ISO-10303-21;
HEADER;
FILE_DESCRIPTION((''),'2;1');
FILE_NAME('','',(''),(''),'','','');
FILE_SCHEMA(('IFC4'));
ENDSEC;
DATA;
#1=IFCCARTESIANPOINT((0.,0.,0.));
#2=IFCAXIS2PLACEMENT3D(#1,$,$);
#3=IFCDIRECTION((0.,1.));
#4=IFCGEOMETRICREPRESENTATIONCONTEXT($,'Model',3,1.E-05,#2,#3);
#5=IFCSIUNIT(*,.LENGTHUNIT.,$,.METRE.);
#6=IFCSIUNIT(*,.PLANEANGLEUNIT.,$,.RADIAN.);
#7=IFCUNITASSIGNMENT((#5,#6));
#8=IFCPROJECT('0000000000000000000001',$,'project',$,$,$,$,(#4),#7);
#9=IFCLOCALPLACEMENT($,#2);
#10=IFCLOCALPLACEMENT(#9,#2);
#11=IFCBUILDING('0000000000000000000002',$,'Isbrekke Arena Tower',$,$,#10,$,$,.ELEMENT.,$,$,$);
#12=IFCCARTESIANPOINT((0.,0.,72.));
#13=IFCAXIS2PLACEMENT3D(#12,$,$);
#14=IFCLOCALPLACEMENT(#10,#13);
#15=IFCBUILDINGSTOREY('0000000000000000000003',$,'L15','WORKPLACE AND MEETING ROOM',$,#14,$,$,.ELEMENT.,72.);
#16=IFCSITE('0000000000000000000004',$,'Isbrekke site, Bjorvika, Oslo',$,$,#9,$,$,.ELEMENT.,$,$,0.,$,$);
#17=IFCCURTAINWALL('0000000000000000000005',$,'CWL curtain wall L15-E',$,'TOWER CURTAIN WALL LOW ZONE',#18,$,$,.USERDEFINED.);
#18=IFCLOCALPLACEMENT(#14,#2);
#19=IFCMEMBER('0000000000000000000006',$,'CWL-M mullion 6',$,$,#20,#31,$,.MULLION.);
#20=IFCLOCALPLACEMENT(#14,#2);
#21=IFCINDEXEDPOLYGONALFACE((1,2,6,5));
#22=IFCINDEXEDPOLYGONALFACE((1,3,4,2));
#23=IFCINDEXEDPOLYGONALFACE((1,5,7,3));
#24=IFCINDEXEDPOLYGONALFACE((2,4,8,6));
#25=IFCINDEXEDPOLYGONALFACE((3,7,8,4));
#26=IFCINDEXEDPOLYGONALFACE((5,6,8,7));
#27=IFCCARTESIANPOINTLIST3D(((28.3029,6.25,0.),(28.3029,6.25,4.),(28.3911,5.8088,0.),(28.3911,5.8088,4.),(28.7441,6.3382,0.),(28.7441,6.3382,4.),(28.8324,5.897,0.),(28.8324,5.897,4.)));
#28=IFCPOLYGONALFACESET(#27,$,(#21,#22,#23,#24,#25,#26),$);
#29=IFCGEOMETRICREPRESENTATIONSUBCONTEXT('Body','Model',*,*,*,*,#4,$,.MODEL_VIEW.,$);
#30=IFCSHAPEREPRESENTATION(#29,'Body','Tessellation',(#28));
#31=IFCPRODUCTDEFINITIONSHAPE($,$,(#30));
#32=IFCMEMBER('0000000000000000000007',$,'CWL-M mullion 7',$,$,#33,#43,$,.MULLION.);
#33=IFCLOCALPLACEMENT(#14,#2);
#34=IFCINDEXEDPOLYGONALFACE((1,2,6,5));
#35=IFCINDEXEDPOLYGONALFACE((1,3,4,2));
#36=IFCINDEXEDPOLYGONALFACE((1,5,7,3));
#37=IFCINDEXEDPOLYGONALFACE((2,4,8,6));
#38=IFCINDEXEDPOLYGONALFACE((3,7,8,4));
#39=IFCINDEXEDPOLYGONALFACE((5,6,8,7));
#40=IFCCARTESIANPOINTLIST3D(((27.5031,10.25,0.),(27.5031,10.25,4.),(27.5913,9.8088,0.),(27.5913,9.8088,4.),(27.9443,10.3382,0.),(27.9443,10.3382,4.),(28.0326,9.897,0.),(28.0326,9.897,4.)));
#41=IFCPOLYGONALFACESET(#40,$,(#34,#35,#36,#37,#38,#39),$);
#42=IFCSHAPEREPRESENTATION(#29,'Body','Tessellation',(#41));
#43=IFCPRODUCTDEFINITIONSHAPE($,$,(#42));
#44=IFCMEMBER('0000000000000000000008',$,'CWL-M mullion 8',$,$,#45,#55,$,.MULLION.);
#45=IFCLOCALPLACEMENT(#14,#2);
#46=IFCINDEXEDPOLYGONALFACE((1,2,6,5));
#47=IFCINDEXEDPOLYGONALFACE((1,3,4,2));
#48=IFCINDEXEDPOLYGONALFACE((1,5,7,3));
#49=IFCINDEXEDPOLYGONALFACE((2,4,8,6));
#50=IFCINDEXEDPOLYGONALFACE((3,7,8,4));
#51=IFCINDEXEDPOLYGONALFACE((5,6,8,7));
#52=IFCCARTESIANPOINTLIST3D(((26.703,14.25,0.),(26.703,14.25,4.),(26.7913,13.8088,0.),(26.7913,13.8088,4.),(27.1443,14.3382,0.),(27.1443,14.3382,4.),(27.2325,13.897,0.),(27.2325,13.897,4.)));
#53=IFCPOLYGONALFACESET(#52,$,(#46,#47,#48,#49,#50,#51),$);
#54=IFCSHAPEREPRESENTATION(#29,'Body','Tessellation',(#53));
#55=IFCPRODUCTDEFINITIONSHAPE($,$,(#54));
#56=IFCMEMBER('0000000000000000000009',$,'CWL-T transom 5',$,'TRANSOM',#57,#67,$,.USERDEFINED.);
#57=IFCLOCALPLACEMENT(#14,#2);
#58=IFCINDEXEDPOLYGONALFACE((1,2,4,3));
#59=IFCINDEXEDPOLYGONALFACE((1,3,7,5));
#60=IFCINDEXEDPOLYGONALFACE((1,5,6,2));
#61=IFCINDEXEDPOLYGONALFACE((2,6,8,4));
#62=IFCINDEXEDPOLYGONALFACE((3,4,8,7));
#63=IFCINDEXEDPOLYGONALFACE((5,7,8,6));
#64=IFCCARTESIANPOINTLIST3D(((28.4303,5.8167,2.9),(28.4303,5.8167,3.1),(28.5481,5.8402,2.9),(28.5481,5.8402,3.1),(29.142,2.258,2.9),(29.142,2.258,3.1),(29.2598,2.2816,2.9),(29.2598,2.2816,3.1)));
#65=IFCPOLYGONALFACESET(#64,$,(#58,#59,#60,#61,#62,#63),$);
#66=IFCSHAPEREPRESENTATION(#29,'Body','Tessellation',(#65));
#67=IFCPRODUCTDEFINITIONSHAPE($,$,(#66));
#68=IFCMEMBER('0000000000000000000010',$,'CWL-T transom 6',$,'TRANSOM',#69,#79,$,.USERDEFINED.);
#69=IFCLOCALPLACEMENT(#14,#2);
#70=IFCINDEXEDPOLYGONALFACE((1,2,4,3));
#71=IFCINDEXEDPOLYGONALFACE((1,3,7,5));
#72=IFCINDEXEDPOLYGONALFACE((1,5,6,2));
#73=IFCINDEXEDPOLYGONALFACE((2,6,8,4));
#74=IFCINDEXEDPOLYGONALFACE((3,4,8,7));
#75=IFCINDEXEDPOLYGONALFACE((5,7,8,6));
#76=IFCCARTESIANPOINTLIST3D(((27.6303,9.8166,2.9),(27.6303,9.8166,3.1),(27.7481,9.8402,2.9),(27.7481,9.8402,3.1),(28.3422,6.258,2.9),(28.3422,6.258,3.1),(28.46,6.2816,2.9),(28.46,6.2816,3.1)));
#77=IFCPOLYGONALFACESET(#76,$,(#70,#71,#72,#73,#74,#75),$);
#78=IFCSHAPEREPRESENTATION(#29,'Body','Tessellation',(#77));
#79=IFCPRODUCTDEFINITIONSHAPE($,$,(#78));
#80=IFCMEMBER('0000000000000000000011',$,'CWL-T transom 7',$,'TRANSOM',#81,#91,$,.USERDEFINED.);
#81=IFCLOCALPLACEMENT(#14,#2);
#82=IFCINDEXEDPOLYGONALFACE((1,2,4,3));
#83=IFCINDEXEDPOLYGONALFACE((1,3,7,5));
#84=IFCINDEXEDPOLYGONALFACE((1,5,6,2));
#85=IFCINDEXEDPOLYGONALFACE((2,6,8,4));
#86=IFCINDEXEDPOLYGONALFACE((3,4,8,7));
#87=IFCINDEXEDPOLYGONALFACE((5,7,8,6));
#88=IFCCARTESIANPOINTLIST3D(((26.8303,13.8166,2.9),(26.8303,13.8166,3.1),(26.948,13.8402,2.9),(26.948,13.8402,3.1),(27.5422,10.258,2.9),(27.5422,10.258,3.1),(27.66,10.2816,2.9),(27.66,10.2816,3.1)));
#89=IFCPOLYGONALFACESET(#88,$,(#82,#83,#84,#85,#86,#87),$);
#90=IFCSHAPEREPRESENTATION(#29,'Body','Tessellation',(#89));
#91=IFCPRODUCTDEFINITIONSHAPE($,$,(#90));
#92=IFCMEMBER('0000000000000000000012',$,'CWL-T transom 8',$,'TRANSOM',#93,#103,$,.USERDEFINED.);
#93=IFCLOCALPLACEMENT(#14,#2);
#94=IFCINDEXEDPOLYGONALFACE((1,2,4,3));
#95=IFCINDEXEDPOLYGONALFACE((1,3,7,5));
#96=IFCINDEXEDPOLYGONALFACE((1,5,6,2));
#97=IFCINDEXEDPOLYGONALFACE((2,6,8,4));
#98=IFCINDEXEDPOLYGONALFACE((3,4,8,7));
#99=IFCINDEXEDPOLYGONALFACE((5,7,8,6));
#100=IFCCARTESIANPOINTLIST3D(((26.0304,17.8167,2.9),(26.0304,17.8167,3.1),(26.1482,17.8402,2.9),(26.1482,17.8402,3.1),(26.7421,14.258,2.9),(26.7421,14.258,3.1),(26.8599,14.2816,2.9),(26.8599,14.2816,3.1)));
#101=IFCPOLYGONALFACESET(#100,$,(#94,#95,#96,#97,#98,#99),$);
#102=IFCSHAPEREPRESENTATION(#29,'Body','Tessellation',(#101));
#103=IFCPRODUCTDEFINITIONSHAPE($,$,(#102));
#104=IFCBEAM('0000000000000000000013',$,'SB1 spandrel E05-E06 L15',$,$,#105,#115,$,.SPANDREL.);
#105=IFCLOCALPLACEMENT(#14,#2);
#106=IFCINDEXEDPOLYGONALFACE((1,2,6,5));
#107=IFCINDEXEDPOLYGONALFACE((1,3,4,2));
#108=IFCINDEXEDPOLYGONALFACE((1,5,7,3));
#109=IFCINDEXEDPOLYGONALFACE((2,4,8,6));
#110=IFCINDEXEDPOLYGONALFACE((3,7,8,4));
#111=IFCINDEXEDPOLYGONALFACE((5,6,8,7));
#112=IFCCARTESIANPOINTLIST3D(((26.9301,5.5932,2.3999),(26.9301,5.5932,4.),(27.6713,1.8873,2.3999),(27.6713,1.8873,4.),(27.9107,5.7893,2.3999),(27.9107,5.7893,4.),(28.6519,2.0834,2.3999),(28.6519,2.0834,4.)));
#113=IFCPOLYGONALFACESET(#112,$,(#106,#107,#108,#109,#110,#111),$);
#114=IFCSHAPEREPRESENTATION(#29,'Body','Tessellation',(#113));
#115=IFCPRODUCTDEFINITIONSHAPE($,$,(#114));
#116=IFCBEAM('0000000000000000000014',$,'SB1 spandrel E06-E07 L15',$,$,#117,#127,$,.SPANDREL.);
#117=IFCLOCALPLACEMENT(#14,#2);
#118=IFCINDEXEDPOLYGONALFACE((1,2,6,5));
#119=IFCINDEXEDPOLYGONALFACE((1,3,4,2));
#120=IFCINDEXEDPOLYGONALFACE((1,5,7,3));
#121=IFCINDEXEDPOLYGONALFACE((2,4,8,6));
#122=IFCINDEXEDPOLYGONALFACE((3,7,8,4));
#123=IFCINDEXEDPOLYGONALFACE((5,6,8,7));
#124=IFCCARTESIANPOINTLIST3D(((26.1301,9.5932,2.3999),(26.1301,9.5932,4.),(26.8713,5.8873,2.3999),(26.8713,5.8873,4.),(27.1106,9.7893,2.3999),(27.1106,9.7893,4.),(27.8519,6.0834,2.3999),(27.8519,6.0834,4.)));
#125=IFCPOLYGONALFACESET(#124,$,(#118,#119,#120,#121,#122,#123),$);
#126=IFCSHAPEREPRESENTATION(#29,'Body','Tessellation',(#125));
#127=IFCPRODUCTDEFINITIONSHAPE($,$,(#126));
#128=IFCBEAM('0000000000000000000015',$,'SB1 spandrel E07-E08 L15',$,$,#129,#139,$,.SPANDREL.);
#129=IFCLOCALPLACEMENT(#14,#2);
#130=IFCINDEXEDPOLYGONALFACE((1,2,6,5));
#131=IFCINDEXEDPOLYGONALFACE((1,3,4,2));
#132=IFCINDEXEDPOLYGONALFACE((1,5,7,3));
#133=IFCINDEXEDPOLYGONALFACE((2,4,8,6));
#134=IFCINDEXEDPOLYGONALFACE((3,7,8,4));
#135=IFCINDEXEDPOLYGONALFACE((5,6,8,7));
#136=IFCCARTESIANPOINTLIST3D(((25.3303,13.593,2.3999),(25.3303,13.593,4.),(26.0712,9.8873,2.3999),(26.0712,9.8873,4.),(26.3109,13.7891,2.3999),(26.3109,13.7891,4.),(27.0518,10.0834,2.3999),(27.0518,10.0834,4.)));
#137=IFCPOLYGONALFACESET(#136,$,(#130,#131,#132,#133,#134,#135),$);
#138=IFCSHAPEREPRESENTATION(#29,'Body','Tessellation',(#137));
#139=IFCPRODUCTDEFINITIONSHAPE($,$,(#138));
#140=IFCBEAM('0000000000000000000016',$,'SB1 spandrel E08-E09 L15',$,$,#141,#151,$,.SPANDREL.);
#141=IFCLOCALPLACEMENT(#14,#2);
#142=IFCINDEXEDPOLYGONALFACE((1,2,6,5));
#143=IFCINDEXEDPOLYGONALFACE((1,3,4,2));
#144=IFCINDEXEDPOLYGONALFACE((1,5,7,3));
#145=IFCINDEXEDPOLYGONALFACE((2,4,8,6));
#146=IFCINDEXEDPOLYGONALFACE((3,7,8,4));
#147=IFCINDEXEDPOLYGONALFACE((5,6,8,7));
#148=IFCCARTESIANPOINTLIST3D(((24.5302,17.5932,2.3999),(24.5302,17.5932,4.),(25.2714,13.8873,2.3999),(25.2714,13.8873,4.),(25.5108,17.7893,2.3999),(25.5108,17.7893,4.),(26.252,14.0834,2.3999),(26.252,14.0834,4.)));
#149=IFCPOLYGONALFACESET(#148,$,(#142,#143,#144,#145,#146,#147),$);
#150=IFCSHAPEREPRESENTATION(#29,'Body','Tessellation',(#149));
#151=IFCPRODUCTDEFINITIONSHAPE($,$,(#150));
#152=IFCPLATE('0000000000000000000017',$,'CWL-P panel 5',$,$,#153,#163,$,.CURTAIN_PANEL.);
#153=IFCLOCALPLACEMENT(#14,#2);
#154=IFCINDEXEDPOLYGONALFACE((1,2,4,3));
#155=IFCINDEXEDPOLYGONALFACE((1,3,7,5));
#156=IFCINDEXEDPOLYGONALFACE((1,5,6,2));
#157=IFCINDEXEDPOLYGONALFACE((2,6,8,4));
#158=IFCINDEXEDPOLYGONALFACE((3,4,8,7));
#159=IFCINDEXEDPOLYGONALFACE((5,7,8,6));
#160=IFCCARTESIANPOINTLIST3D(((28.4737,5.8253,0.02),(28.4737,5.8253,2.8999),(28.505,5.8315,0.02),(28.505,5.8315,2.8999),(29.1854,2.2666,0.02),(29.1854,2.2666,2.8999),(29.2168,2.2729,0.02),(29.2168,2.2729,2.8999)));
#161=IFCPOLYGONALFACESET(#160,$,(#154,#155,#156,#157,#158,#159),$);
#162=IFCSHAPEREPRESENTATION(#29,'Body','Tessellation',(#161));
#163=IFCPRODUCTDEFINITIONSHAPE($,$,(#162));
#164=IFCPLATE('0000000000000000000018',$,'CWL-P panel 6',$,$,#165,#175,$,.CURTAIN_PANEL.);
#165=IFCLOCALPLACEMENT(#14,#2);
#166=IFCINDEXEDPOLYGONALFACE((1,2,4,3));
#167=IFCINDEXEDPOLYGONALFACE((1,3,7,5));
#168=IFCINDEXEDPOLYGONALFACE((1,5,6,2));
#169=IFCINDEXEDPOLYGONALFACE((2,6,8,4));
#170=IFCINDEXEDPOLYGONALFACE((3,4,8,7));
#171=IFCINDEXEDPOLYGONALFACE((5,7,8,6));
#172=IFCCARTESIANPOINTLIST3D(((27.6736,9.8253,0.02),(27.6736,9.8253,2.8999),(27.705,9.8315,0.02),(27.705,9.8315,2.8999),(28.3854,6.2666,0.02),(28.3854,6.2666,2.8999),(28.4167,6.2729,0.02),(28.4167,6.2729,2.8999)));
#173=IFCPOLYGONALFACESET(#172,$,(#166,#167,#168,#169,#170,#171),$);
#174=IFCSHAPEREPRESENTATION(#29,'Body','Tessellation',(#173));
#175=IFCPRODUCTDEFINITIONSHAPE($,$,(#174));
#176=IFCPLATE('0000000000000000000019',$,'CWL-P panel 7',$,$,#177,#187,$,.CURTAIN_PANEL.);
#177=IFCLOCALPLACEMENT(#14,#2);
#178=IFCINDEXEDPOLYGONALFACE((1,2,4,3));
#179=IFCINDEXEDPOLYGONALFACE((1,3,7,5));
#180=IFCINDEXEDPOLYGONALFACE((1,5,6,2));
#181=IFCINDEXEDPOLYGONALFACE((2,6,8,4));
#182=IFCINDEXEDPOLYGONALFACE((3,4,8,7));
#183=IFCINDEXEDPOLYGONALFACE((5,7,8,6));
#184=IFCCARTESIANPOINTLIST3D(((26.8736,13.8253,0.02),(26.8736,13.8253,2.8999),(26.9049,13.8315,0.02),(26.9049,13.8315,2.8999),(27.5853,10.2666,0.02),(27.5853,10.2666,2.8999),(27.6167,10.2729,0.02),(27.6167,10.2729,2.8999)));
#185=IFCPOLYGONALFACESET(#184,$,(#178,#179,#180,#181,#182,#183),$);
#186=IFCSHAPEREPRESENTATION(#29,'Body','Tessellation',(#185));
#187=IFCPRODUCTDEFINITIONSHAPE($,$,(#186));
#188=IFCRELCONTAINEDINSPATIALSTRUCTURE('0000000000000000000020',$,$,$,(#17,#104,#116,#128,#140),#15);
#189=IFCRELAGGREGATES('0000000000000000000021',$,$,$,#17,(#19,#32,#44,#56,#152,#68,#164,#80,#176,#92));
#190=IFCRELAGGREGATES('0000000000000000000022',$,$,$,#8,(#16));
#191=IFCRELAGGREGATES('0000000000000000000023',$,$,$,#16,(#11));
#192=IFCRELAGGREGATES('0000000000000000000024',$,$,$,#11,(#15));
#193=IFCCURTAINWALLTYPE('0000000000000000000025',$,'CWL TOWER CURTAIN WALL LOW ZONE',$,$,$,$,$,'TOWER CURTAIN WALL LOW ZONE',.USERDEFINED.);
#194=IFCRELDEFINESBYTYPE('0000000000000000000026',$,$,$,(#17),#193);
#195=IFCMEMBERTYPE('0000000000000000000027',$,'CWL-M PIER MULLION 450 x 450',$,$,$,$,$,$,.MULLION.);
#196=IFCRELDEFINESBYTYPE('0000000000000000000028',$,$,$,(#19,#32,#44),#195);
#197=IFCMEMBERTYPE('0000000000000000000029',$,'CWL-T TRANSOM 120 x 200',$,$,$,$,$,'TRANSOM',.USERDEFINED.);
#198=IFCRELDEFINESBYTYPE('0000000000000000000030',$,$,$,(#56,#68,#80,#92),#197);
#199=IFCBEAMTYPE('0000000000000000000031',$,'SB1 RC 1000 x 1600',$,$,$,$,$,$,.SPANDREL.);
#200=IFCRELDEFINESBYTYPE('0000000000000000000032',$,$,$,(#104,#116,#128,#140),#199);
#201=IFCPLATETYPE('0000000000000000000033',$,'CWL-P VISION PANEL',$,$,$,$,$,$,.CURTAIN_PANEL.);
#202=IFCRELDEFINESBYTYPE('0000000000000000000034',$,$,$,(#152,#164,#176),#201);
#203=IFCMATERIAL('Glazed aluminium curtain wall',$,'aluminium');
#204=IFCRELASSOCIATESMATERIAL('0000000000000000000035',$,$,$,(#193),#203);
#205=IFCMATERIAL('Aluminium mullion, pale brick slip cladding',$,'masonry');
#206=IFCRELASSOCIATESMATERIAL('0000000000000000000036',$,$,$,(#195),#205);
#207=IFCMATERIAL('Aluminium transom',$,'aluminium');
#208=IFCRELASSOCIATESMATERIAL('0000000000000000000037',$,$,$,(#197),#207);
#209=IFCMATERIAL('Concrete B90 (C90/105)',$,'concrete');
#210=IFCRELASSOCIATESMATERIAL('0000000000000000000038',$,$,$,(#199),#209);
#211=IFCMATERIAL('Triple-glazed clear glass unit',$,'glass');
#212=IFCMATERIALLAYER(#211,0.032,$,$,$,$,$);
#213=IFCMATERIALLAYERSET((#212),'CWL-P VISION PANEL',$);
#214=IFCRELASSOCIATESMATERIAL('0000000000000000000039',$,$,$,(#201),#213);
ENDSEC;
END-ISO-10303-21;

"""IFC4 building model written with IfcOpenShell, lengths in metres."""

from ifc_helpers import new_model, si_unit, direction, frame, origin, origin_2d, place, context, subcontext, project, spatial, rectangle, extrude, material, layer, layer_set, material_profile, profile_set, type_object, element, aggregate, save


model = new_model("IFC4")

# Units and contexts
model_context = context("Model", 3, precision=1e-05, world=origin(), true_north=direction((0.0, 1.0)))
body_context = subcontext(model_context, "Body", "Model", "MODEL_VIEW")
ifc_project = project(units=[si_unit("LENGTHUNIT", "METRE"), si_unit("PLANEANGLEUNIT", "RADIAN")], contexts=[model_context])

# Site, building, storey
site_placement = place(None, origin())
site = spatial("IfcSite", under=ifc_project, at=site_placement, Name="Isbrekke site, Bjorvika, Oslo", CompositionType="ELEMENT", RefElevation=0.0)
building_placement = place(site_placement, origin())
building = spatial("IfcBuilding", under=site, at=building_placement, Name="Isbrekke Arena Tower", CompositionType="ELEMENT")
storey_placement = place(building_placement, frame((0.0, 0.0, 72.0)))
storey = spatial("IfcBuildingStorey", under=building, at=storey_placement, Name="L15", Description="WORKPLACE AND MEETING ROOM", CompositionType="ELEMENT", Elevation=72.0)

# Curtain wall, members
ifc_material_1 = material(Name="Glazed aluminium curtain wall", Category="aluminium")
curtain_wall_type = type_object("IfcCurtainWallType", Name="CWL TOWER CURTAIN WALL LOW ZONE", ElementType="TOWER CURTAIN WALL LOW ZONE", PredefinedType="USERDEFINED", material=ifc_material_1)
curtain_wall_placement = place(storey_placement, origin())
curtain_wall = element("IfcCurtainWall", 1, at=curtain_wall_placement, inside=storey, type_object=curtain_wall_type, Name="CWL curtain wall L15-E", ObjectType="TOWER CURTAIN WALL LOW ZONE", PredefinedType="USERDEFINED")
ifc_material_2 = material(Name="Aluminium mullion, pale brick slip cladding", Category="masonry")
ifc_material_profile_1 = material_profile(ifc_material_2, rectangle(XDim=0.45, YDim=0.45, at=origin_2d()), Name="PIER 450X450")
ifc_profile_set_1 = profile_set([ifc_material_profile_1], Name="Aluminium mullion, pale brick slip cladding")
member_type_1 = type_object("IfcMemberType", Name="CWL-M PIER MULLION 450 x 450", PredefinedType="MULLION", material=ifc_profile_set_1)
member_1_placement = place(storey_placement, frame((28.5676, 6.0735, 0.0), z_axis=(0.0, 0.0, 1.0), x_axis=(-0.196116, 0.980581, 0.0)))
member_1 = element("IfcMember", 2, at=member_1_placement, type_object=member_type_1, Name="CWL-M mullion 6", PredefinedType="MULLION", context=body_context, shape_type="SweptSolid", body=[
    extrude(rectangle(XDim=0.45, YDim=0.45, at=origin_2d()), origin(), (0.0, 0.0, 1.0), 4.0),
])
member_2_placement = place(storey_placement, frame((27.7678, 10.0735, 0.0), z_axis=(0.0, 0.0, 1.0), x_axis=(-0.196116, 0.980581, 0.0)))
member_2 = element("IfcMember", 3, at=member_2_placement, type_object=member_type_1, Name="CWL-M mullion 7", PredefinedType="MULLION", context=body_context, shape_type="SweptSolid", body=[
    extrude(rectangle(XDim=0.45, YDim=0.45, at=origin_2d()), origin(), (0.0, 0.0, 1.0), 4.0),
])
member_3_placement = place(storey_placement, frame((26.9678, 14.0735, 0.0), z_axis=(0.0, 0.0, 1.0), x_axis=(-0.196116, 0.980581, 0.0)))
member_3 = element("IfcMember", 4, at=member_3_placement, type_object=member_type_1, Name="CWL-M mullion 8", PredefinedType="MULLION", context=body_context, shape_type="SweptSolid", body=[
    extrude(rectangle(XDim=0.45, YDim=0.45, at=origin_2d()), origin(), (0.0, 0.0, 1.0), 4.0),
])
ifc_material_3 = material(Name="Aluminium transom", Category="aluminium")
ifc_material_profile_2 = material_profile(ifc_material_3, rectangle(XDim=0.1201, YDim=0.2, at=origin_2d()), Name="TRANSOM 120X200")
ifc_profile_set_2 = profile_set([ifc_material_profile_2], Name="Aluminium transom")
member_type_2 = type_object("IfcMemberType", Name="CWL-T TRANSOM 120 x 200", ElementType="TRANSOM", PredefinedType="USERDEFINED", material=ifc_profile_set_2)
member_4_placement = place(storey_placement, frame((29.2009, 2.2698, 3.0), z_axis=(-0.196103, 0.980583, 0.0), x_axis=(-0.980583, -0.196103, 0.0)))
member_4 = element("IfcMember", 5, at=member_4_placement, type_object=member_type_2, Name="CWL-T transom 5", ObjectType="TRANSOM", PredefinedType="USERDEFINED", context=body_context, shape_type="SweptSolid", body=[
    extrude(rectangle(XDim=0.1201, YDim=0.2, at=origin_2d()), origin(), (0.0, 0.0, 1.0), 3.6292),
])
member_5_placement = place(storey_placement, frame((28.4011, 6.2698, 3.0), z_axis=(-0.196168, 0.98057, 0.0), x_axis=(-0.98057, -0.196168, 0.0)))
member_5 = element("IfcMember", 6, at=member_5_placement, type_object=member_type_2, Name="CWL-T transom 6", ObjectType="TRANSOM", PredefinedType="USERDEFINED", context=body_context, shape_type="SweptSolid", body=[
    extrude(rectangle(XDim=0.1201, YDim=0.2, at=origin_2d()), origin(), (0.0, 0.0, 1.0), 3.6292),
])
member_6_placement = place(storey_placement, frame((27.6011, 10.2698, 3.0), z_axis=(-0.196168, 0.98057, 0.0), x_axis=(-0.98057, -0.196168, 0.0)))
member_6 = element("IfcMember", 7, at=member_6_placement, type_object=member_type_2, Name="CWL-T transom 7", ObjectType="TRANSOM", PredefinedType="USERDEFINED", context=body_context, shape_type="SweptSolid", body=[
    extrude(rectangle(XDim=0.1201, YDim=0.2, at=origin_2d()), origin(), (0.0, 0.0, 1.0), 3.6292),
])
member_7_placement = place(storey_placement, frame((26.801, 14.2698, 3.0), z_axis=(-0.196103, 0.980583, 0.0), x_axis=(-0.980583, -0.196103, 0.0)))
member_7 = element("IfcMember", 8, at=member_7_placement, type_object=member_type_2, Name="CWL-T transom 8", ObjectType="TRANSOM", PredefinedType="USERDEFINED", context=body_context, shape_type="SweptSolid", body=[
    extrude(rectangle(XDim=0.1201, YDim=0.2, at=origin_2d()), origin(), (0.0, 0.0, 1.0), 3.6292),
])

# Beams
ifc_material_4 = material(Name="Concrete B90 (C90/105)", Category="concrete")
ifc_material_profile_3 = material_profile(ifc_material_4, rectangle(XDim=1.0, YDim=1.6001, at=origin_2d()), Name="RC 1000x1600")
ifc_profile_set_3 = profile_set([ifc_material_profile_3], Name="Concrete B90 (C90/105)")
beam_type_1 = type_object("IfcBeamType", Name="SB1 RC 1000 x 1600", PredefinedType="SPANDREL", material=ifc_profile_set_3)
for number, where, z_axis, x_axis, name in (
    (9, (28.1616, 1.9854, 3.2), (-0.196129, 0.980578, 0.0), (-0.980578, -0.196129, 0.0), "SB1 spandrel E05-E06 L15"),
    (10, (27.3616, 5.9854, 3.2), (-0.196129, 0.980578, 0.0), (-0.980578, -0.196129, 0.0), "SB1 spandrel E06-E07 L15"),
):
    element("IfcBeam", number, at=place(storey_placement, frame(where, z_axis=z_axis, x_axis=x_axis)), inside=storey, type_object=beam_type_1, Name=name, PredefinedType="SPANDREL", context=body_context, shape_type="SweptSolid", body=[
        extrude(rectangle(XDim=1.0, YDim=1.6001, at=origin_2d()), origin(), (0.0, 0.0, 1.0), 3.7793),
    ])
beam_1_placement = place(storey_placement, frame((26.5615, 9.9854, 3.2), z_axis=(-0.196066, 0.980591, 0.0), x_axis=(-0.980591, -0.196066, 0.0)))
element("IfcBeam", 11, at=beam_1_placement, inside=storey, type_object=beam_type_1, Name="SB1 spandrel E07-E08 L15", PredefinedType="SPANDREL", context=body_context, shape_type="SweptSolid", body=[
    extrude(rectangle(XDim=1.0, YDim=1.6001, at=origin_2d()), origin(), (0.0, 0.0, 1.0), 3.7791),
])
beam_2_placement = place(storey_placement, frame((25.7617, 13.9854, 3.2), z_axis=(-0.196129, 0.980578, 0.0), x_axis=(-0.980578, -0.196129, 0.0)))
element("IfcBeam", 12, at=beam_2_placement, inside=storey, type_object=beam_type_1, Name="SB1 spandrel E08-E09 L15", PredefinedType="SPANDREL", context=body_context, shape_type="SweptSolid", body=[
    extrude(rectangle(XDim=1.0, YDim=1.6001, at=origin_2d()), origin(), (0.0, 0.0, 1.0), 3.7793),
])

# Plates
ifc_material_5 = material(Name="Triple-glazed clear glass unit", Category="glass")
ifc_layer_1 = layer(ifc_material_5, 0.032)
ifc_layer_set_1 = layer_set([ifc_layer_1], Name="CWL-P VISION PANEL")
plate_type = type_object("IfcPlateType", Name="CWL-P VISION PANEL", PredefinedType="CURTAIN_PANEL", material=ifc_layer_set_1)
plate_1_placement = place(storey_placement, frame((28.8452, 4.0491, 0.02), z_axis=(0.0, 0.0, 1.0), x_axis=(-0.196116, 0.980581, 0.0)))
plate_1 = element("IfcPlate", 13, at=plate_1_placement, type_object=plate_type, Name="CWL-P panel 5", PredefinedType="CURTAIN_PANEL", context=body_context, shape_type="SweptSolid", body=[
    extrude(rectangle(XDim=3.6292, YDim=0.032, at=origin_2d()), origin(), (0.0, 0.0, 1.0), 2.8799),
])
plate_2_placement = place(storey_placement, frame((28.0452, 8.0491, 0.02), z_axis=(0.0, 0.0, 1.0), x_axis=(-0.196116, 0.980581, 0.0)))
plate_2 = element("IfcPlate", 14, at=plate_2_placement, type_object=plate_type, Name="CWL-P panel 6", PredefinedType="CURTAIN_PANEL", context=body_context, shape_type="SweptSolid", body=[
    extrude(rectangle(XDim=3.6292, YDim=0.032, at=origin_2d()), origin(), (0.0, 0.0, 1.0), 2.8799),
])
plate_3_placement = place(storey_placement, frame((27.2451, 12.0491, 0.02), z_axis=(0.0, 0.0, 1.0), x_axis=(-0.196116, 0.980581, 0.0)))
plate_3 = element("IfcPlate", 15, at=plate_3_placement, type_object=plate_type, Name="CWL-P panel 7", PredefinedType="CURTAIN_PANEL", context=body_context, shape_type="SweptSolid", body=[
    extrude(rectangle(XDim=3.6292, YDim=0.032, at=origin_2d()), origin(), (0.0, 0.0, 1.0), 2.8799),
])
aggregate(curtain_wall, [member_1, member_2, member_3, member_4, plate_1, member_5, plate_2, member_6, plate_3, member_7])

save(model, "model.ifc")
